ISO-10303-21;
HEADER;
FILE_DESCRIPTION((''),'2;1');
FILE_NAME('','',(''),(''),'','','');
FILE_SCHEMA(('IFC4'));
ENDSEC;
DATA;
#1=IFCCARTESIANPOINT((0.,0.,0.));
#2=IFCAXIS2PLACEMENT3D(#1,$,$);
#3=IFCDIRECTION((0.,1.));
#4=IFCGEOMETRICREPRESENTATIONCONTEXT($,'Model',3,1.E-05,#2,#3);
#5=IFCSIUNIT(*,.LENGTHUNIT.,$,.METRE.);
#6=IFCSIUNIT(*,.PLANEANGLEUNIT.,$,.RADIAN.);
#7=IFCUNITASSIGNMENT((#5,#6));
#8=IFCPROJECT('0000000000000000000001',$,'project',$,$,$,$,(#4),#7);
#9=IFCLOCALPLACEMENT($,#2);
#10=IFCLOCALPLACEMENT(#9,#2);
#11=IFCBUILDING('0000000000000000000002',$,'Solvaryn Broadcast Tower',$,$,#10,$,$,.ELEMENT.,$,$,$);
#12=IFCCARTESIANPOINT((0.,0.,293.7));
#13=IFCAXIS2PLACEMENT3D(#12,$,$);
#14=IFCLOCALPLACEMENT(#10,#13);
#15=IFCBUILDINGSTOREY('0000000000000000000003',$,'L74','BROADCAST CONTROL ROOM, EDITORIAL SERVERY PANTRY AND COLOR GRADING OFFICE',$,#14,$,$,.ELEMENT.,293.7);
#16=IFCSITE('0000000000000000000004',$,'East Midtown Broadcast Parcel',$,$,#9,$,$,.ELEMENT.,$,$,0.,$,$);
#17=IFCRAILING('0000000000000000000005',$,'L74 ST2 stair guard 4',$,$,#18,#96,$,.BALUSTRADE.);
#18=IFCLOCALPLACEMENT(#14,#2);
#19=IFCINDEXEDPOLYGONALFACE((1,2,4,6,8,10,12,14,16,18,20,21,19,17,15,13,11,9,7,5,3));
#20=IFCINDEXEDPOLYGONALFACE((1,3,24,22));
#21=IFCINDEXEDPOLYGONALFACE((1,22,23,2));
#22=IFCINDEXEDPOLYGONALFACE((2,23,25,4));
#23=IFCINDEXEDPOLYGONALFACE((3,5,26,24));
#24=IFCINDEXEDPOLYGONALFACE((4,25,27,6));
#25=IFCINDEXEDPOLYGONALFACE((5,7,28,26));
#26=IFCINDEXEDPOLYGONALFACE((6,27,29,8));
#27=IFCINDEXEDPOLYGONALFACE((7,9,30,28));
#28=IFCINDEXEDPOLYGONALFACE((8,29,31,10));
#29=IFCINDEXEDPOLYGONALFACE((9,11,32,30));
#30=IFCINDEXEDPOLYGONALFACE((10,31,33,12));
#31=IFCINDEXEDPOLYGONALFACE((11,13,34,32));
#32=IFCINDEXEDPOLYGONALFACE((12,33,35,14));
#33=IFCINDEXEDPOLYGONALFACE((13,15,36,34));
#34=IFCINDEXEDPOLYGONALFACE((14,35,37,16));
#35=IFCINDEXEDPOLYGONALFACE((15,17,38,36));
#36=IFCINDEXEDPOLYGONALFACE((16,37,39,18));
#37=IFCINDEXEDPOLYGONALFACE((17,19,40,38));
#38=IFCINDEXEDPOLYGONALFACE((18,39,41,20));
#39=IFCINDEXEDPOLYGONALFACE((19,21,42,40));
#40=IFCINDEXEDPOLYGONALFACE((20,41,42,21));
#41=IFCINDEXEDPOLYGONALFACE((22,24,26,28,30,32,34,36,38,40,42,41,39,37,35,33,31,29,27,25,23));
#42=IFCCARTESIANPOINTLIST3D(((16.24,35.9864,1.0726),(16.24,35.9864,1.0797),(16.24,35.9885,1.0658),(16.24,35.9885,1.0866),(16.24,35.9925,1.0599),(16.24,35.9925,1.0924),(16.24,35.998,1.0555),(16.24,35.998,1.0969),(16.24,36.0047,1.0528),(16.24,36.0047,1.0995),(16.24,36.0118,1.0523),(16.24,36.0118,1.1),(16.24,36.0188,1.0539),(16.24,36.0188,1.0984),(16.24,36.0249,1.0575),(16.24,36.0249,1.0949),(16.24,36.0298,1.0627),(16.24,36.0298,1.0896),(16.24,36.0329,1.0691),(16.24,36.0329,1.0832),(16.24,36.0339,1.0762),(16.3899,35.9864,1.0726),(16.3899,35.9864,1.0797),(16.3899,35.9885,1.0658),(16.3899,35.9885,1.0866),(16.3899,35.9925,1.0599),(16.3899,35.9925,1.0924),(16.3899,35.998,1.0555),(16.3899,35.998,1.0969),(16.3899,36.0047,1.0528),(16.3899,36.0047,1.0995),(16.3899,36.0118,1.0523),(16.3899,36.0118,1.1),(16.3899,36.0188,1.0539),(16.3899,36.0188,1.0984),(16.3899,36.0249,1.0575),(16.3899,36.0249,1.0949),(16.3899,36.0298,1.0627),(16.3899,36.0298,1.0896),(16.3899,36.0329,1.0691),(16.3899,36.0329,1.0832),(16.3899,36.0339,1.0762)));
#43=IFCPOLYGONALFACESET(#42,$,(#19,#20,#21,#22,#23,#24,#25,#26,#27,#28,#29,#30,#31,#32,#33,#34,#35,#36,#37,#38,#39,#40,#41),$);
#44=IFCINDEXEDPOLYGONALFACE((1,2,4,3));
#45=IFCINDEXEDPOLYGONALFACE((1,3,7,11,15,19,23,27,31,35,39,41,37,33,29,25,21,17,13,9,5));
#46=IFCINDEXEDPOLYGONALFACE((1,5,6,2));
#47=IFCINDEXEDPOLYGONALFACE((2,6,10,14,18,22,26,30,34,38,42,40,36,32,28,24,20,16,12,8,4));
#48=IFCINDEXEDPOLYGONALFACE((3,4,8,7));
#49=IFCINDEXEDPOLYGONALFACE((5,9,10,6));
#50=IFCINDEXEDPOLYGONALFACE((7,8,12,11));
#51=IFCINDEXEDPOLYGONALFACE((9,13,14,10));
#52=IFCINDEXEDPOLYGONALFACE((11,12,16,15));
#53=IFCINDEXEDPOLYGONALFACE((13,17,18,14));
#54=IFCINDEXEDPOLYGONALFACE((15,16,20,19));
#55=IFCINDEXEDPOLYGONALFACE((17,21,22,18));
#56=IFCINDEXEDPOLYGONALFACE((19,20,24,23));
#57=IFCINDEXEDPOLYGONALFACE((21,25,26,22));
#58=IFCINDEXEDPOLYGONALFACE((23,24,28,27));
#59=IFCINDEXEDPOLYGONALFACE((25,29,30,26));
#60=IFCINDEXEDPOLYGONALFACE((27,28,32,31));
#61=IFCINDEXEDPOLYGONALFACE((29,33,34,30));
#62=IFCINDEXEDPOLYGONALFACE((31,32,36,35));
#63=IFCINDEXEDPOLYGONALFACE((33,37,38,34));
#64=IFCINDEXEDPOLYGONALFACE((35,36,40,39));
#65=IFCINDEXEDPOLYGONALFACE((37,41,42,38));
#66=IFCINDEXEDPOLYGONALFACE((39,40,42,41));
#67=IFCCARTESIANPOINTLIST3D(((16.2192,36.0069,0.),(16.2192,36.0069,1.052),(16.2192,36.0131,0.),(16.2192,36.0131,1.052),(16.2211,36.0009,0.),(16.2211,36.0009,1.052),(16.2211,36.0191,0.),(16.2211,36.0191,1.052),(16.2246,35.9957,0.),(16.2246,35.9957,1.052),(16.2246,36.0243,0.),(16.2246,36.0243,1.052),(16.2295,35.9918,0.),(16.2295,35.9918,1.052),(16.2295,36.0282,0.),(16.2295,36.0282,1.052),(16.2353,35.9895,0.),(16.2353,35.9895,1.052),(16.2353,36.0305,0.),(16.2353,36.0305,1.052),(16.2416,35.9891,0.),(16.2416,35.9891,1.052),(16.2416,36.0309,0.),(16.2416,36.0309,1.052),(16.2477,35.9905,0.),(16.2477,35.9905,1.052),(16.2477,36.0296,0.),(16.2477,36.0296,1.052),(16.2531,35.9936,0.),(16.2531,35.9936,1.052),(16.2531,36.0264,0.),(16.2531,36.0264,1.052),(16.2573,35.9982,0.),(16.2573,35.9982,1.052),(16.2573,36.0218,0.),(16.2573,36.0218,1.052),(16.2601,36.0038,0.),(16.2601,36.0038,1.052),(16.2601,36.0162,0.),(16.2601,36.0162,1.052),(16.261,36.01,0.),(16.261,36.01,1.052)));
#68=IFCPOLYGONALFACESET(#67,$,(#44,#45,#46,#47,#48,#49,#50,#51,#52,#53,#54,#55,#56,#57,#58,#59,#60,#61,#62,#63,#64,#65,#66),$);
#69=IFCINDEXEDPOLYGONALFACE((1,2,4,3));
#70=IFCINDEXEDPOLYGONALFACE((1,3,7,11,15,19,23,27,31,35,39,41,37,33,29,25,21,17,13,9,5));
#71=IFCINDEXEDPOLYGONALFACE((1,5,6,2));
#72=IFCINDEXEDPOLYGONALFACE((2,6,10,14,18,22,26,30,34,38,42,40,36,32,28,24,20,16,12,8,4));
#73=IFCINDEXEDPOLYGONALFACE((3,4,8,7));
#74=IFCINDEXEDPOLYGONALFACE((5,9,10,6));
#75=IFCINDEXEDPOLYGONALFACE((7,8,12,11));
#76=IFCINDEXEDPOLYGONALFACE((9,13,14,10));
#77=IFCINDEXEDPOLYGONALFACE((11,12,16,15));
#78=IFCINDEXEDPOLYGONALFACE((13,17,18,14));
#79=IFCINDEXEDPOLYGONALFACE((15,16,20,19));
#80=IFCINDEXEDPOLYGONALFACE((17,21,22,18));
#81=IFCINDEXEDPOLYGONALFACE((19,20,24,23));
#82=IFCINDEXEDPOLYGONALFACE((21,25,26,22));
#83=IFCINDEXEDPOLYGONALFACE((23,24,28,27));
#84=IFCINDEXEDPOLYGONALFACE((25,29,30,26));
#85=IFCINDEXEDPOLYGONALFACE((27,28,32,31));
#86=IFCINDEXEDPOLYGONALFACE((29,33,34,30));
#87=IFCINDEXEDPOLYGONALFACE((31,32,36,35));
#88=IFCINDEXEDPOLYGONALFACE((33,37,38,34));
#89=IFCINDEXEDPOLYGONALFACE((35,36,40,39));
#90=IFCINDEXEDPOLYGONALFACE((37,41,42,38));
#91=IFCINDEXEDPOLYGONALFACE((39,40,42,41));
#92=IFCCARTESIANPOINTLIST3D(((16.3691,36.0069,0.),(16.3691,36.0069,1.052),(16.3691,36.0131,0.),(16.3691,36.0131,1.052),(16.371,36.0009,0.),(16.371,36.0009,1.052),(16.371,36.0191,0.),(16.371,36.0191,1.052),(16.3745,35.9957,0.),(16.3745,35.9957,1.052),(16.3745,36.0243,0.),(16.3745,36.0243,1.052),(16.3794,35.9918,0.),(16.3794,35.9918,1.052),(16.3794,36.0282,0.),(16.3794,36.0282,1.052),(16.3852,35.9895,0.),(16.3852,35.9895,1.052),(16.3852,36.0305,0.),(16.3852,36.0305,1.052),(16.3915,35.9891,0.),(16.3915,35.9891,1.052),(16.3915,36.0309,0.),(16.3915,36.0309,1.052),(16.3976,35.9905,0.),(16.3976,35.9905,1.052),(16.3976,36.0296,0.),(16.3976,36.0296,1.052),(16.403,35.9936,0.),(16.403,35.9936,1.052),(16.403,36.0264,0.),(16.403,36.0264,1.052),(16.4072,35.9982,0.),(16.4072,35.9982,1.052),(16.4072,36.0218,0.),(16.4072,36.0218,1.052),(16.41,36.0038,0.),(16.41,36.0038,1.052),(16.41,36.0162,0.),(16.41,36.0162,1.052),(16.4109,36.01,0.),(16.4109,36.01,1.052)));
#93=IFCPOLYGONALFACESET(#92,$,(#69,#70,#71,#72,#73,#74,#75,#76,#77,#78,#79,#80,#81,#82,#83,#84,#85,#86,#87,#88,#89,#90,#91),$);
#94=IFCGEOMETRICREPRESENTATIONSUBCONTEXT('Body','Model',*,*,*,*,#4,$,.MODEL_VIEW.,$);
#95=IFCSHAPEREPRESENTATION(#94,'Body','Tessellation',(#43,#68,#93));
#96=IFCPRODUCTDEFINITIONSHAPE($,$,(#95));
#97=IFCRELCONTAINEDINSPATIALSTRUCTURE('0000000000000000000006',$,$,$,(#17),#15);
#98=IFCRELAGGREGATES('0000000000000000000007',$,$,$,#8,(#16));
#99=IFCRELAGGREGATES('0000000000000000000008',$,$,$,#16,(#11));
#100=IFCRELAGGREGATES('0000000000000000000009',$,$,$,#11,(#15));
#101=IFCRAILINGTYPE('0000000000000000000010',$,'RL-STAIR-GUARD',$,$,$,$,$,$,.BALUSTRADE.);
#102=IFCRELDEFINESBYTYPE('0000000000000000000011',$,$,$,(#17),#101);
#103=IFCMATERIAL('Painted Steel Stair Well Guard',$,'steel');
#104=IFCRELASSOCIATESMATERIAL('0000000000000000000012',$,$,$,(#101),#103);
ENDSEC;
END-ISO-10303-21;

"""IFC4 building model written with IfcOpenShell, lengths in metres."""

from ifc_helpers import new_model, si_unit, direction, frame, origin, origin_2d, place, context, subcontext, project, spatial, circle, extrude, material, type_object, element, save


model = new_model("IFC4")

# Units and contexts
model_context = context("Model", 3, precision=1e-05, world=origin(), true_north=direction((0.0, 1.0)))
body_context = subcontext(model_context, "Body", "Model", "MODEL_VIEW")
ifc_project = project(units=[si_unit("LENGTHUNIT", "METRE"), si_unit("PLANEANGLEUNIT", "RADIAN")], contexts=[model_context])

# Site, building, storey
site_placement = place(None, origin())
site = spatial("IfcSite", under=ifc_project, at=site_placement, Name="East Midtown Broadcast Parcel", CompositionType="ELEMENT", RefElevation=0.0)
building_placement = place(site_placement, origin())
building = spatial("IfcBuilding", under=site, at=building_placement, Name="Solvaryn Broadcast Tower", CompositionType="ELEMENT")
storey_placement = place(building_placement, frame((0.0, 0.0, 293.7)))
storey = spatial("IfcBuildingStorey", under=building, at=storey_placement, Name="L74", Description="BROADCAST CONTROL ROOM, EDITORIAL SERVERY PANTRY AND COLOR GRADING OFFICE", CompositionType="ELEMENT", Elevation=293.7)

# Railing
ifc_material_1 = material(Name="Painted Steel Stair Well Guard", Category="steel")
railing_type_1 = type_object("IfcRailingType", Name="RL-STAIR-GUARD", PredefinedType="BALUSTRADE", material=ifc_material_1)
railing_1_placement = place(storey_placement, frame((16.24, 36.01, 0.0)))
element("IfcRailing", 1, at=railing_1_placement, inside=storey, type_object=railing_type_1, Name="L74 ST2 stair guard 4", PredefinedType="BALUSTRADE", context=body_context, shape_type="SweptSolid", body=[
    extrude(circle(Radius=0.0239, at=origin_2d()), frame((0.0, 0.0, 1.0762), z_axis=(1.0, 0.0, 0.0), x_axis=(0.0, 1.0, 0.0)), (0.0, 0.0, 1.0), 0.1499),
    extrude(circle(Radius=0.021, at=origin_2d()), origin(), (0.0, 0.0, 1.0), 1.052),
    extrude(circle(Radius=0.021, at=origin_2d()), frame((0.1499, 0.0, 0.0)), (0.0, 0.0, 1.0), 1.052),
])

save(model, "model.ifc")
